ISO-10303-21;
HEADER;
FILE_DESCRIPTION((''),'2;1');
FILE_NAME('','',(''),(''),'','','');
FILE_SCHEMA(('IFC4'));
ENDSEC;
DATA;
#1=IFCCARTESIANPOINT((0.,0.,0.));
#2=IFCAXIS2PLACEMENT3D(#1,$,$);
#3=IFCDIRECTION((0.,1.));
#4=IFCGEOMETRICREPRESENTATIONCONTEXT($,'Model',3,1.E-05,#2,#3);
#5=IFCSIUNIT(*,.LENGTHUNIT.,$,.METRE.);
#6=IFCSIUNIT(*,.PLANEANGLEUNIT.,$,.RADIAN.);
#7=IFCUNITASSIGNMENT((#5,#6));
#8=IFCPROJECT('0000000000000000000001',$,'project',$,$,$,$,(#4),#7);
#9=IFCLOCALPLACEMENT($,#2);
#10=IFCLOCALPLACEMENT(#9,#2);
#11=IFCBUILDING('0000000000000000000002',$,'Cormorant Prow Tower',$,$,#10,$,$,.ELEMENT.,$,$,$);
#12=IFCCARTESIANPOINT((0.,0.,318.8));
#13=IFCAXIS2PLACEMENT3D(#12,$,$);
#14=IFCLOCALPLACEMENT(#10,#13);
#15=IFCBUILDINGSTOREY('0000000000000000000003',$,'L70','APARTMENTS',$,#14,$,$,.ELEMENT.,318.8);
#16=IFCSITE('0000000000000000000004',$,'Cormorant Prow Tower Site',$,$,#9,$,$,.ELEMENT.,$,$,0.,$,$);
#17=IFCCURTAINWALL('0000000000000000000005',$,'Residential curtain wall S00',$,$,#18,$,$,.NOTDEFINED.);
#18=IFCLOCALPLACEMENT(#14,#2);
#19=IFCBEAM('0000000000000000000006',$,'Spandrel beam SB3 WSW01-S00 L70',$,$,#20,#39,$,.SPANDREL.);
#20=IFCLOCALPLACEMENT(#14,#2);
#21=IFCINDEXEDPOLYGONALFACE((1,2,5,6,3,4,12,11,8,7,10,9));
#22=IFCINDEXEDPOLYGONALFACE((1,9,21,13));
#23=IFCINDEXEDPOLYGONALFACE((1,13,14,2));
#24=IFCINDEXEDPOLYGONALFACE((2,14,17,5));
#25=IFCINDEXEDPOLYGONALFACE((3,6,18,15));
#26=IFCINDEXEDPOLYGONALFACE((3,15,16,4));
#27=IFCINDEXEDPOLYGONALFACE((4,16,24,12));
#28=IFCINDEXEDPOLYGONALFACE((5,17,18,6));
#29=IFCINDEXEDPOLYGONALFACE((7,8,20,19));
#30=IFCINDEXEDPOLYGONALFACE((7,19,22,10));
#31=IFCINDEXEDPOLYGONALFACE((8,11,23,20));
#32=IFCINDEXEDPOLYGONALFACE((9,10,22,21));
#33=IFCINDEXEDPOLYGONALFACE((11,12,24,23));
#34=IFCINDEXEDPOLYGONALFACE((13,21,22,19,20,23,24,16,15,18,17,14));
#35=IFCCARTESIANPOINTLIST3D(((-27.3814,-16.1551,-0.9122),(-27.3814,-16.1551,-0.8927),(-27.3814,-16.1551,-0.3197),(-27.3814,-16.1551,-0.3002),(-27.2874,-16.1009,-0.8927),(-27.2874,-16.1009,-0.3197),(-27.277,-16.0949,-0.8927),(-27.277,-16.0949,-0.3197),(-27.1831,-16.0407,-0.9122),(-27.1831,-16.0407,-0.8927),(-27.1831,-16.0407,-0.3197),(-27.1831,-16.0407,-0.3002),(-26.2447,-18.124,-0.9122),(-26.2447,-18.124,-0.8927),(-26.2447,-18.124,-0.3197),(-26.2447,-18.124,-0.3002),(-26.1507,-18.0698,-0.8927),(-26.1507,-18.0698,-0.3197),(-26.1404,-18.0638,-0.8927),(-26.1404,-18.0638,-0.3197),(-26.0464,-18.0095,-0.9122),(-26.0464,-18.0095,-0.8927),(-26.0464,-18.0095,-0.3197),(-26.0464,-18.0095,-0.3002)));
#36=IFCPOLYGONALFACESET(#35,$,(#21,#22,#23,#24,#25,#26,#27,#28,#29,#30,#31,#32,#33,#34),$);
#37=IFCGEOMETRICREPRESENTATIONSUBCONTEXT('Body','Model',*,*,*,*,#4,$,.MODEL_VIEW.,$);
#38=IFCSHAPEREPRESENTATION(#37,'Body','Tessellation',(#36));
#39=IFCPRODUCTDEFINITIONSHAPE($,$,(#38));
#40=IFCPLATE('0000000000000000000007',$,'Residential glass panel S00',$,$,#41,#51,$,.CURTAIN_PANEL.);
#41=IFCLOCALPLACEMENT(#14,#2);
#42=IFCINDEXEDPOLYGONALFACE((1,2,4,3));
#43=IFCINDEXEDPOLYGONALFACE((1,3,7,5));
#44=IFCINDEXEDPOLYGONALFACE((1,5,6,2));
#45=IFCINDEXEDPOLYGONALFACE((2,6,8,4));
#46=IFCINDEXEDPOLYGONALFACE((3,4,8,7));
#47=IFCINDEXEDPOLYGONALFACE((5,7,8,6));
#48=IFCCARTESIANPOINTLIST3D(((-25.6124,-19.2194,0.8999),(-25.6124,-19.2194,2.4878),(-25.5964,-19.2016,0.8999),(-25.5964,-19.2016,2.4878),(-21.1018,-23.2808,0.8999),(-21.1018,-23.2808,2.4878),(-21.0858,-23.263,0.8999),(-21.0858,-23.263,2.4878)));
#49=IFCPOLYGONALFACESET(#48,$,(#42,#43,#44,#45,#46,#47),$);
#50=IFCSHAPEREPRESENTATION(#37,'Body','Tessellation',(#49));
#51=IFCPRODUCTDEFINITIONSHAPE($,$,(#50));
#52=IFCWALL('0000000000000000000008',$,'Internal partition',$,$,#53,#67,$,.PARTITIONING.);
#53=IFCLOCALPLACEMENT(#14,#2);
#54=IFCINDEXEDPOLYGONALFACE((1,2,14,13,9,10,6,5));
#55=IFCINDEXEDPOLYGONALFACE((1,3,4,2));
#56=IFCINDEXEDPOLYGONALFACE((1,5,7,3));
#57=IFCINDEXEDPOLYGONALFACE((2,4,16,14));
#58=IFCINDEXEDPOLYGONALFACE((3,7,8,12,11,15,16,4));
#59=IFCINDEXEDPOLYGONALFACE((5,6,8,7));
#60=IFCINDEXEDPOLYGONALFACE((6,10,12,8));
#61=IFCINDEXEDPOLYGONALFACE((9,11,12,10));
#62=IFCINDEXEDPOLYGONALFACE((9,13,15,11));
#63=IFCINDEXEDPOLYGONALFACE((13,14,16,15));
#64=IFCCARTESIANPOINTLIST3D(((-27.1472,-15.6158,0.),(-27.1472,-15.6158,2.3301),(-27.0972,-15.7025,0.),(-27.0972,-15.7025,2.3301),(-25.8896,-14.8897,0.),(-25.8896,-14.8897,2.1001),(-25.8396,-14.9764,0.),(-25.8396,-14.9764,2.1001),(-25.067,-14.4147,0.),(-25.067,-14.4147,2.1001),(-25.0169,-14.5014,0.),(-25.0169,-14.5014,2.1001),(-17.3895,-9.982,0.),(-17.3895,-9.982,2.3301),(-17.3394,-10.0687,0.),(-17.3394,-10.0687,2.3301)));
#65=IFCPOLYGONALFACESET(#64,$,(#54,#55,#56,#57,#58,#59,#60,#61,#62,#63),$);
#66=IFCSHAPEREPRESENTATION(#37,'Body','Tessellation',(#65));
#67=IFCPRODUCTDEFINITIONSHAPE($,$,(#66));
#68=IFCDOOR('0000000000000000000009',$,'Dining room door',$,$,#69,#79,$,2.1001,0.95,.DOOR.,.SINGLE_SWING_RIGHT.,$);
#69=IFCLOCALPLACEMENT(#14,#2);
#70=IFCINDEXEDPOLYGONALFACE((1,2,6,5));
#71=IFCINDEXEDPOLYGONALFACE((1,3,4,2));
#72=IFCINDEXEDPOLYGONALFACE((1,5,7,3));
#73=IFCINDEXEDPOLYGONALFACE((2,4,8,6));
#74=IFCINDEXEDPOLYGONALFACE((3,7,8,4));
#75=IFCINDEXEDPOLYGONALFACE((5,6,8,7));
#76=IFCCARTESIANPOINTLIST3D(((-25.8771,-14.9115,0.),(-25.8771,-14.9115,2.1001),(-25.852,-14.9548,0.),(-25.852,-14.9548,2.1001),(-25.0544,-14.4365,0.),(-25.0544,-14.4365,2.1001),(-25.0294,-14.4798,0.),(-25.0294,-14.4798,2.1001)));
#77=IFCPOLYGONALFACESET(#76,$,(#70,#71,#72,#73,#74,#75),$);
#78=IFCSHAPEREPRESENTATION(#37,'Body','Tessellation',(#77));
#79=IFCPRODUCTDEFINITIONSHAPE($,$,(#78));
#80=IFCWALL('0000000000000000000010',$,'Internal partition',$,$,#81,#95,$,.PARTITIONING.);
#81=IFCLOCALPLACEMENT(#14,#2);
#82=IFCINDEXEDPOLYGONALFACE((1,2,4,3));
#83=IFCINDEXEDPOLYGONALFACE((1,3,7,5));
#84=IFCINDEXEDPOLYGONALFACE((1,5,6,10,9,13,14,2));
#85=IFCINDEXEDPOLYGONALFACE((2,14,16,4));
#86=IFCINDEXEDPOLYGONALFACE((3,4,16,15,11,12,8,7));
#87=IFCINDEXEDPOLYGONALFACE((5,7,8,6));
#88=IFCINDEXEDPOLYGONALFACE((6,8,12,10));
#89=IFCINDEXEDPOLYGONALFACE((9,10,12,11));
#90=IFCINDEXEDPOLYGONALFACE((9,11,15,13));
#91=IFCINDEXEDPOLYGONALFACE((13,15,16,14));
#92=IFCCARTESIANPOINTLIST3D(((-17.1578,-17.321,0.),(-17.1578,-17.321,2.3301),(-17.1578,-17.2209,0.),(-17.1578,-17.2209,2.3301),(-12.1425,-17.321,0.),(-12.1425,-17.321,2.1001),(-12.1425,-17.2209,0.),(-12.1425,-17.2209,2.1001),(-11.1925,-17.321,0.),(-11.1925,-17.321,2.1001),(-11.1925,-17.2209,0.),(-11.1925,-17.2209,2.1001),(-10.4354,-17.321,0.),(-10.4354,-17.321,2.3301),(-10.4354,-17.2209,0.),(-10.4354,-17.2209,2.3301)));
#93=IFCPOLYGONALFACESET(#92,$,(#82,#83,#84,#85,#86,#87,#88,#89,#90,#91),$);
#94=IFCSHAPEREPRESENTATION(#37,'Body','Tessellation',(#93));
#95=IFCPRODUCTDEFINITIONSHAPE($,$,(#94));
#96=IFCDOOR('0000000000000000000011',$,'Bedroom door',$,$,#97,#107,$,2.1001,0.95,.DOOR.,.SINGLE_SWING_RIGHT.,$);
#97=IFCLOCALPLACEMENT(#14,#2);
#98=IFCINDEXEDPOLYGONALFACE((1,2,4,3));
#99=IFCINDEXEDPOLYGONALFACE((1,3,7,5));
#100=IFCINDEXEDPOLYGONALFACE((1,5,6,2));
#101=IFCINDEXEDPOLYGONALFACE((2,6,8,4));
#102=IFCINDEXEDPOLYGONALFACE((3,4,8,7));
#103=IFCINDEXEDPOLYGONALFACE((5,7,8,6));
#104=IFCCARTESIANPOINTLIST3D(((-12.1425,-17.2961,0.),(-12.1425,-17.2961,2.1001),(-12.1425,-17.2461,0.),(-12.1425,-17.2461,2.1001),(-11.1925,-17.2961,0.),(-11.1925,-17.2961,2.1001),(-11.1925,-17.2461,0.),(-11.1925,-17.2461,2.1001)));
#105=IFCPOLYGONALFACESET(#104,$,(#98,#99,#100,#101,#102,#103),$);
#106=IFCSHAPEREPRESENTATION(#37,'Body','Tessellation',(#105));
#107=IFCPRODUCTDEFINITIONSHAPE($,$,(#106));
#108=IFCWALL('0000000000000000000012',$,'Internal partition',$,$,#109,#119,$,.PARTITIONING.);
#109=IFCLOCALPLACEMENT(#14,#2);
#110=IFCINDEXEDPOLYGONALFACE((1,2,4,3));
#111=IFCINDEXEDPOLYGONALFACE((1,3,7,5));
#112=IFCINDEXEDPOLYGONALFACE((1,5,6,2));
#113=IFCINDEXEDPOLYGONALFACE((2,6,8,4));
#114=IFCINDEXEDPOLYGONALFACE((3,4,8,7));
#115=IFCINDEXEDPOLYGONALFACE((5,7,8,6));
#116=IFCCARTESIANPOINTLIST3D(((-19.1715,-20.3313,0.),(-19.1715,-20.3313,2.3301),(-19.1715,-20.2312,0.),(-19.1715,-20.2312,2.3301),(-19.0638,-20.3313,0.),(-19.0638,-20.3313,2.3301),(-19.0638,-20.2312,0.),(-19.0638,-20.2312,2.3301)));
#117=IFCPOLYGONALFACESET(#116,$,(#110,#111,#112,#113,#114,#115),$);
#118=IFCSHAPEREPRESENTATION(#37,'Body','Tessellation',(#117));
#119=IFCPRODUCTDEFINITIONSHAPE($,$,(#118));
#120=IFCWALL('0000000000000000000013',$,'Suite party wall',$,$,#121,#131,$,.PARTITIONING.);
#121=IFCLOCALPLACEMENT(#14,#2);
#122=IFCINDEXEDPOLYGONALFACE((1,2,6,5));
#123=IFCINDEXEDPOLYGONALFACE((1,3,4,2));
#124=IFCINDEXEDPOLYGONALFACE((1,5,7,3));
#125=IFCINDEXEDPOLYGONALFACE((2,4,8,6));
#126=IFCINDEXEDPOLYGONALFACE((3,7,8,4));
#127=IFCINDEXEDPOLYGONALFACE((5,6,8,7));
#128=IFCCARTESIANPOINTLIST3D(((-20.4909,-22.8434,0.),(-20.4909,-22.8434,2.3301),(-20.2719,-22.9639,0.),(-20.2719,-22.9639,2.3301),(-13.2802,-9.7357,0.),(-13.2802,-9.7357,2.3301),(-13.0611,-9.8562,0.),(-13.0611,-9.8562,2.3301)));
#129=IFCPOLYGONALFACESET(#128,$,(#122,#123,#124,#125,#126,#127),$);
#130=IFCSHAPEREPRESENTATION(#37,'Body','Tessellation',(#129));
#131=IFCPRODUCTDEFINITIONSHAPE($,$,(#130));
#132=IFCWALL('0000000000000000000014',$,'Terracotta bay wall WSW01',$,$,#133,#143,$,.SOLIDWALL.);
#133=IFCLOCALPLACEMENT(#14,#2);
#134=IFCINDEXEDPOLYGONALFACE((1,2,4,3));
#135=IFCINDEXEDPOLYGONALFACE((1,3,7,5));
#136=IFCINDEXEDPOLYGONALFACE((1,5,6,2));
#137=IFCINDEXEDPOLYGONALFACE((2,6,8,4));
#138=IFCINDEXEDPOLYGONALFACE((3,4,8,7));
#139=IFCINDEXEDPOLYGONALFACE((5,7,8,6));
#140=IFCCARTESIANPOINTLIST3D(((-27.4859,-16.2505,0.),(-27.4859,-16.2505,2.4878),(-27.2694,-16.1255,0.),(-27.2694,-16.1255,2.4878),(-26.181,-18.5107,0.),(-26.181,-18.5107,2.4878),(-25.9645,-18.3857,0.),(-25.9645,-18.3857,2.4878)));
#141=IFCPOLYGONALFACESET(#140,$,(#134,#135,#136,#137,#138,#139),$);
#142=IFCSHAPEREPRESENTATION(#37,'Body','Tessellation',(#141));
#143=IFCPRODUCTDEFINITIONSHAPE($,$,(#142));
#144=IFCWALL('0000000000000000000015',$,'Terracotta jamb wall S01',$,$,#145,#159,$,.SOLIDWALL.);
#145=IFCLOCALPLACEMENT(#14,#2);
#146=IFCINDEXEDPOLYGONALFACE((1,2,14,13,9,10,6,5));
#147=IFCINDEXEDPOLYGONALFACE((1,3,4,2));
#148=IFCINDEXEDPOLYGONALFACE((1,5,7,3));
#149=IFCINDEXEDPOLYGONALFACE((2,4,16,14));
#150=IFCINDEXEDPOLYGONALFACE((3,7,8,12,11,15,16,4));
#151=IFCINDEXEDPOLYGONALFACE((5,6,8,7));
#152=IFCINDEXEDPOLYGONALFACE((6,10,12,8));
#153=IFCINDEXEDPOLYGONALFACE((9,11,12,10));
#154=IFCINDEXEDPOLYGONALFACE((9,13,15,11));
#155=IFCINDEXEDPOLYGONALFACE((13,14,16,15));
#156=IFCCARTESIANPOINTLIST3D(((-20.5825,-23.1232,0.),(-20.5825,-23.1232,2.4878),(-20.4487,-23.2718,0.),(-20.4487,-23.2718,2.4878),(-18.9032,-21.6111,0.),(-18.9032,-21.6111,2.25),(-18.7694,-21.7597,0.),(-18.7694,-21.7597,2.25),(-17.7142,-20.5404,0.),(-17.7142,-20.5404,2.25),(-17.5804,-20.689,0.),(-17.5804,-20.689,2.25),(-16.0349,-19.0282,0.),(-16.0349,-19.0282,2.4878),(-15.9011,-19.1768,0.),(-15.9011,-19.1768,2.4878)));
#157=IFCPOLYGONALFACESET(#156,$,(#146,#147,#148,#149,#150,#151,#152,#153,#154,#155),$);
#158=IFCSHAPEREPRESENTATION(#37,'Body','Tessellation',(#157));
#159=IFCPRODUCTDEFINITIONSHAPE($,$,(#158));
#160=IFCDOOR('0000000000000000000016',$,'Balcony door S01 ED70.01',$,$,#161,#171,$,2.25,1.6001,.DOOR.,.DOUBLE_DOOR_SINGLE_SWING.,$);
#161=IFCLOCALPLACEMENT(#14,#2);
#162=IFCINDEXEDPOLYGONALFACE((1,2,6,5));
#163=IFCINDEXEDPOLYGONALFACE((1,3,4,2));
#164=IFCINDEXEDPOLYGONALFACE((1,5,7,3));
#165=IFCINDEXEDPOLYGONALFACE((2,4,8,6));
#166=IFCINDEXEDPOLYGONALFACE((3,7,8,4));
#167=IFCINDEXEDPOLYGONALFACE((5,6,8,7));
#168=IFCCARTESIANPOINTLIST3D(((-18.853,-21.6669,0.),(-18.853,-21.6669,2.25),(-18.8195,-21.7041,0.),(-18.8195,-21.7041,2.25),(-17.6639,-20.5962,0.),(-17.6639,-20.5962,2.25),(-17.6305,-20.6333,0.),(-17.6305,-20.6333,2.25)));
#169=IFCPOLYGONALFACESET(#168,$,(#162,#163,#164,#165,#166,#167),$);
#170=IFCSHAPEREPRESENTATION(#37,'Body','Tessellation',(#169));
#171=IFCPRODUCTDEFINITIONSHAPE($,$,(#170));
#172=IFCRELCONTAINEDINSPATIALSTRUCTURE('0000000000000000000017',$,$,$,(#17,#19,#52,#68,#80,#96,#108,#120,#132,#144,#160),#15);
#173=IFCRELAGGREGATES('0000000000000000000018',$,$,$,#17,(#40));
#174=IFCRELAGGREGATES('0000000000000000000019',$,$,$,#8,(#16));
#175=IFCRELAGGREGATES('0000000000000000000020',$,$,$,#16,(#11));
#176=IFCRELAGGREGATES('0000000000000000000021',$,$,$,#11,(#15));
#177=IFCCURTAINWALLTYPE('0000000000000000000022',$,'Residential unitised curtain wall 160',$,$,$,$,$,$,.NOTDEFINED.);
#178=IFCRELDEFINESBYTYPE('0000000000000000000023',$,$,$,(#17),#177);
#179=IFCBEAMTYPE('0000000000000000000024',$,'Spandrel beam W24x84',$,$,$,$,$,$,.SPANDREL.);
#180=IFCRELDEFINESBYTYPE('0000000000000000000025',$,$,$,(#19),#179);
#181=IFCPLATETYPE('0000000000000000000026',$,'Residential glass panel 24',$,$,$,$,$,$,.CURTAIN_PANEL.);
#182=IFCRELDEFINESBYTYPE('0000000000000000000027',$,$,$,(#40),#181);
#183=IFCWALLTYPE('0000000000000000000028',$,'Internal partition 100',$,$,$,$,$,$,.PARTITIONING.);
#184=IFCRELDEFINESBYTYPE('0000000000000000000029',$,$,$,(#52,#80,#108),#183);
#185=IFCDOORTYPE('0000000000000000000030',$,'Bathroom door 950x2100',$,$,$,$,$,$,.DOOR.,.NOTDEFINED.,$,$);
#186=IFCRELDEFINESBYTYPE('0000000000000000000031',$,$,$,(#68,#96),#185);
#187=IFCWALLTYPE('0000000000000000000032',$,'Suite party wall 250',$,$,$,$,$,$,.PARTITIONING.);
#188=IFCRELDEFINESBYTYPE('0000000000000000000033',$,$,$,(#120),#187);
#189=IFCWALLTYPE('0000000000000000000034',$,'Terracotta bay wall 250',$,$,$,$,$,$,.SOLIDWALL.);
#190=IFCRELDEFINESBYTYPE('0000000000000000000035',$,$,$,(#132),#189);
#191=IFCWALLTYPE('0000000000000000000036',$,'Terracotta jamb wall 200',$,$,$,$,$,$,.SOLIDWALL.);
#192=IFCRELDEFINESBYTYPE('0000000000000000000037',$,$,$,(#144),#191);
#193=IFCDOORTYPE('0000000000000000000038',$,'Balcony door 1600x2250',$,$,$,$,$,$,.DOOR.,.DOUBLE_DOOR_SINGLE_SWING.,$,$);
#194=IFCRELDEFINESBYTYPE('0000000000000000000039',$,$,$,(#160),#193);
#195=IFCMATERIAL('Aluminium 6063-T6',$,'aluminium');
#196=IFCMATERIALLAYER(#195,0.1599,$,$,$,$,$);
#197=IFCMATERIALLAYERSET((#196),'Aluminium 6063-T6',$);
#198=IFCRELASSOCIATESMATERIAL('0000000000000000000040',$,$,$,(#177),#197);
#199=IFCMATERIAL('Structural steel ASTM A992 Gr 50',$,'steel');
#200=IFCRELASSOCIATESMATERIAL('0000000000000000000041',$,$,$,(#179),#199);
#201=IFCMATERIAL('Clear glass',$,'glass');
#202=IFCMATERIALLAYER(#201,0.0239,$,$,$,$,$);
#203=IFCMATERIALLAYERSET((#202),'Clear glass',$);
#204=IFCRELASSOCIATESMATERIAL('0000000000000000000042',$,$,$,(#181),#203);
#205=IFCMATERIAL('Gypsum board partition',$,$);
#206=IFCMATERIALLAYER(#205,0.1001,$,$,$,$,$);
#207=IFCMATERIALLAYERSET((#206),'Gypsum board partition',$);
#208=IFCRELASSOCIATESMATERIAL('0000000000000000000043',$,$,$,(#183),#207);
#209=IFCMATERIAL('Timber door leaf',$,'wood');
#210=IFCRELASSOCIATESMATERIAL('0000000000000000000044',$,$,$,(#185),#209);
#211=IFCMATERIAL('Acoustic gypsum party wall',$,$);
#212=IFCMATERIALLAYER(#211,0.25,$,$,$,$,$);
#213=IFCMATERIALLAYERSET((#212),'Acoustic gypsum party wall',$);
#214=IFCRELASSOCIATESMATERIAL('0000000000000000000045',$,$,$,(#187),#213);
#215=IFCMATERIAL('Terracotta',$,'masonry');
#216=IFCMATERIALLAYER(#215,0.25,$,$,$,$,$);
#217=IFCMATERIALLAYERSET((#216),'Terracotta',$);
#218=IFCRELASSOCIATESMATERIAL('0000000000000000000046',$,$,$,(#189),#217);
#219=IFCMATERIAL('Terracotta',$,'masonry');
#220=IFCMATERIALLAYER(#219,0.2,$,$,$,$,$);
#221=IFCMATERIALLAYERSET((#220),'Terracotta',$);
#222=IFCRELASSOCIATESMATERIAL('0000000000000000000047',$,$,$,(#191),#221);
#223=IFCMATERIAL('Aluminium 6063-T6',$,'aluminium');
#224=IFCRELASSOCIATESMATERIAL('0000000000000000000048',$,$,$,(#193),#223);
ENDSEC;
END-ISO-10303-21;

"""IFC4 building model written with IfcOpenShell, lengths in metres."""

from ifc_helpers import new_model, si_unit, direction, frame, frame_2d, origin, origin_2d, place, context, subcontext, project, spatial, rectangle, i_section, extrude, material, layer, layer_set, material_profile, profile_set, type_object, element, fill, aggregate, save


model = new_model("IFC4")

# Units and contexts
model_context = context("Model", 3, precision=1e-05, world=origin(), true_north=direction((0.0, 1.0)))
body_context = subcontext(model_context, "Body", "Model", "MODEL_VIEW")
ifc_project = project(units=[si_unit("LENGTHUNIT", "METRE"), si_unit("PLANEANGLEUNIT", "RADIAN")], contexts=[model_context])

# Site, building, storey
site_placement = place(None, origin())
site = spatial("IfcSite", under=ifc_project, at=site_placement, Name="Cormorant Prow Tower Site", CompositionType="ELEMENT", RefElevation=0.0)
building_placement = place(site_placement, origin())
building = spatial("IfcBuilding", under=site, at=building_placement, Name="Cormorant Prow Tower", CompositionType="ELEMENT")
storey_placement = place(building_placement, frame((0.0, 0.0, 318.8)))
storey = spatial("IfcBuildingStorey", under=building, at=storey_placement, Name="L70", Description="APARTMENTS", CompositionType="ELEMENT", Elevation=318.8)

# Curtain wall
ifc_material_1 = material(Name="Aluminium 6063-T6", Category="aluminium")
ifc_layer_1 = layer(ifc_material_1, 0.1599)
ifc_layer_set_1 = layer_set([ifc_layer_1], Name="Aluminium 6063-T6")
curtain_wall_type = type_object("IfcCurtainWallType", Name="Residential unitised curtain wall 160", PredefinedType="NOTDEFINED", material=ifc_layer_set_1)
curtain_wall_placement = place(storey_placement, origin())
curtain_wall = element("IfcCurtainWall", 1, at=curtain_wall_placement, inside=storey, type_object=curtain_wall_type, Name="Residential curtain wall S00", PredefinedType="NOTDEFINED")

# Beam
ifc_material_2 = material(Name="Structural steel ASTM A992 Gr 50", Category="steel")
ifc_material_profile_1 = material_profile(ifc_material_2, i_section(OverallWidth=0.229, OverallDepth=0.6121, WebThickness=0.012, FlangeThickness=0.0195, at=origin_2d()), Name="W24x84")
ifc_profile_set_1 = profile_set([ifc_material_profile_1], Name="Structural steel ASTM A992 Gr 50")
beam_type = type_object("IfcBeamType", Name="Spandrel beam W24x84", PredefinedType="SPANDREL", material=ifc_profile_set_1)
beam_1_placement = place(storey_placement, frame((-27.2822, -16.0979, -0.6062), z_axis=(0.499973, -0.866041, 0.0), x_axis=(0.866041, 0.499973, 0.0)))
element("IfcBeam", 2, at=beam_1_placement, inside=storey, type_object=beam_type, Name="Spandrel beam SB3 WSW01-S00 L70", PredefinedType="SPANDREL", context=body_context, shape_type="SweptSolid", body=[
    extrude(i_section(OverallWidth=0.229, OverallDepth=0.6121, WebThickness=0.012, FlangeThickness=0.0195, at=origin_2d()), origin(), (0.0, 0.0, 1.0), 2.2734),
])

# Plate
ifc_material_3 = material(Name="Clear glass", Category="glass")
ifc_layer_2 = layer(ifc_material_3, 0.0239)
ifc_layer_set_2 = layer_set([ifc_layer_2], Name="Clear glass")
plate_type = type_object("IfcPlateType", Name="Residential glass panel 24", PredefinedType="CURTAIN_PANEL", material=ifc_layer_set_2)
plate_placement = place(storey_placement, frame((-23.3491, -21.2412, 0.8999), z_axis=(0.0, 0.0, 1.0), x_axis=(0.743145, -0.669131, 0.0)))
plate = element("IfcPlate", 3, at=plate_placement, type_object=plate_type, Name="Residential glass panel S00", PredefinedType="CURTAIN_PANEL", context=body_context, shape_type="SweptSolid", body=[
    extrude(rectangle(XDim=6.0696, YDim=0.0239, at=origin_2d()), origin(), (0.0, 0.0, 1.0), 1.5879),
])
aggregate(curtain_wall, [plate])

# Walls, openings, doors
ifc_material_4 = material(Name="Gypsum board partition")
ifc_layer_3 = layer(ifc_material_4, 0.1001)
ifc_layer_set_3 = layer_set([ifc_layer_3], Name="Gypsum board partition")
wall_type_1 = type_object("IfcWallType", Name="Internal partition 100", PredefinedType="PARTITIONING", material=ifc_layer_set_3)
wall_1_placement = place(storey_placement, frame((-27.1223, -15.6592, 0.0), z_axis=(0.0, 0.0, 1.0), x_axis=(0.866021, 0.500008, 0.0)))
wall_1 = element("IfcWall", 4, at=wall_1_placement, inside=storey, type_object=wall_type_1, Name="Internal partition", PredefinedType="PARTITIONING", context=body_context, shape_type="SweptSolid", body=[
    extrude(rectangle(XDim=11.2673, YDim=0.1001, at=frame_2d((5.6338, 0.0))), origin(), (0.0, 0.0, 1.0), 2.3301),
])
opening_1_placement = place(wall_1_placement, frame((1.4521, 0.0, 0.0)))
opening_1 = element("IfcOpeningElement", 5, at=opening_1_placement, cuts=wall_1, PredefinedType="OPENING", context=body_context, shape_type="SweptSolid", body=[
    extrude(rectangle(XDim=0.95, YDim=2.1001, at=frame_2d((0.4751, 1.05))), frame((0.0, 0.0601, 0.0), z_axis=(0.0, -1.0, 0.0), x_axis=(1.0, 0.0, 0.0)), (0.0, 0.0, 1.0), 0.1201),
])
ifc_material_5 = material(Name="Timber door leaf", Category="wood")
door_type_1 = type_object("IfcDoorType", Name="Bathroom door 950x2100", OperationType="NOTDEFINED", PredefinedType="DOOR", material=ifc_material_5)
door_1_placement = place(opening_1_placement, origin())
door_1 = element("IfcDoor", 6, at=door_1_placement, inside=storey, type_object=door_type_1, Name="Dining room door", OperationType="SINGLE_SWING_RIGHT", OverallHeight=2.1001, OverallWidth=0.95, PredefinedType="DOOR", context=body_context, shape_type="SweptSolid", body=[
    extrude(rectangle(XDim=0.95, YDim=2.1001, at=frame_2d((0.4751, 1.05))), frame((0.0, 0.0249, 0.0), z_axis=(0.0, -1.0, 0.0), x_axis=(1.0, 0.0, 0.0)), (0.0, 0.0, 1.0), 0.05),
])
fill(opening_1, door_1)
wall_2_placement = place(storey_placement, frame((-17.158, -17.271, 0.0), z_axis=(0.0, 0.0, 1.0), x_axis=(1.0, 0.0, 0.0)))
wall_2 = element("IfcWall", 7, at=wall_2_placement, inside=storey, type_object=wall_type_1, Name="Internal partition", PredefinedType="PARTITIONING", context=body_context, shape_type="SweptSolid", body=[
    extrude(rectangle(XDim=6.7224, YDim=0.1001, at=frame_2d((3.3613, 0.0))), origin(), (0.0, 0.0, 1.0), 2.3301),
])
opening_2_placement = place(wall_2_placement, frame((5.0154, 0.0, 0.0)))
opening_2 = element("IfcOpeningElement", 8, at=opening_2_placement, cuts=wall_2, PredefinedType="OPENING", context=body_context, shape_type="SweptSolid", body=[
    extrude(rectangle(XDim=0.95, YDim=2.1001, at=frame_2d((0.4751, 1.05))), frame((0.0, 0.0601, 0.0), z_axis=(0.0, -1.0, 0.0), x_axis=(1.0, 0.0, 0.0)), (0.0, 0.0, 1.0), 0.1201),
])
door_2_placement = place(opening_2_placement, origin())
door_2 = element("IfcDoor", 9, at=door_2_placement, inside=storey, type_object=door_type_1, Name="Bedroom door", OperationType="SINGLE_SWING_RIGHT", OverallHeight=2.1001, OverallWidth=0.95, PredefinedType="DOOR", context=body_context, shape_type="SweptSolid", body=[
    extrude(rectangle(XDim=0.95, YDim=2.1001, at=frame_2d((0.4751, 1.05))), frame((0.0, 0.0249, 0.0), z_axis=(0.0, -1.0, 0.0), x_axis=(1.0, 0.0, 0.0)), (0.0, 0.0, 1.0), 0.05),
])
fill(opening_2, door_2)

# Walls
wall_3_placement = place(storey_placement, frame((-19.1714, -20.2812, 0.0), z_axis=(0.0, 0.0, 1.0), x_axis=(1.0, 0.0, 0.0)))
element("IfcWall", 10, at=wall_3_placement, inside=storey, type_object=wall_type_1, Name="Internal partition", PredefinedType="PARTITIONING", context=body_context, shape_type="SweptSolid", body=[
    extrude(rectangle(XDim=0.1077, YDim=0.1001, at=frame_2d((0.0537, 0.0))), origin(), (0.0, 0.0, 1.0), 2.3301),
])
ifc_material_6 = material(Name="Acoustic gypsum party wall")
ifc_layer_4 = layer(ifc_material_6, 0.25)
ifc_layer_set_4 = layer_set([ifc_layer_4], Name="Acoustic gypsum party wall")
wall_type_2 = type_object("IfcWallType", Name="Suite party wall 250", PredefinedType="PARTITIONING", material=ifc_layer_set_4)
wall_4_placement = place(storey_placement, frame((-20.3813, -22.9036, 0.0), z_axis=(0.0, 0.0, 1.0), x_axis=(0.481995, 0.876174, 0.0)))
element("IfcWall", 11, at=wall_4_placement, inside=storey, type_object=wall_type_2, Name="Suite party wall", PredefinedType="PARTITIONING", context=body_context, shape_type="SweptSolid", body=[
    extrude(rectangle(XDim=14.9602, YDim=0.25, at=frame_2d((7.48, 0.0))), origin(), (0.0, 0.0, 1.0), 2.3301),
])
ifc_material_7 = material(Name="Terracotta", Category="masonry")
ifc_layer_5 = layer(ifc_material_7, 0.25)
ifc_layer_set_5 = layer_set([ifc_layer_5], Name="Terracotta")
wall_type_3 = type_object("IfcWallType", Name="Terracotta bay wall 250", PredefinedType="SOLIDWALL", material=ifc_layer_set_5)
wall_5_placement = place(storey_placement, frame((-27.3777, -16.188, 0.0), z_axis=(0.0, 0.0, 1.0), x_axis=(0.499992, -0.86603, 0.0)))
element("IfcWall", 12, at=wall_5_placement, inside=storey, type_object=wall_type_3, Name="Terracotta bay wall WSW01", PredefinedType="SOLIDWALL", context=body_context, shape_type="SweptSolid", body=[
    extrude(rectangle(XDim=2.6099, YDim=0.25, at=frame_2d((1.3049, 0.0))), origin(), (0.0, 0.0, 1.0), 2.4878),
])

# Wall, opening, door
ifc_material_8 = material(Name="Terracotta", Category="masonry")
ifc_layer_6 = layer(ifc_material_8, 0.2)
ifc_layer_set_6 = layer_set([ifc_layer_6], Name="Terracotta")
wall_type_4 = type_object("IfcWallType", Name="Terracotta jamb wall 200", PredefinedType="SOLIDWALL", material=ifc_layer_set_6)
wall_6_placement = place(storey_placement, frame((-20.5156, -23.1975, 0.0), z_axis=(0.0, 0.0, 1.0), x_axis=(0.743122, 0.669156, 0.0)))
wall_6 = element("IfcWall", 13, at=wall_6_placement, inside=storey, type_object=wall_type_4, Name="Terracotta jamb wall S01", PredefinedType="SOLIDWALL", context=body_context, shape_type="SweptSolid", body=[
    extrude(rectangle(XDim=6.1196, YDim=0.2, at=frame_2d((3.0598, 0.0))), origin(), (0.0, 0.0, 1.0), 2.4878),
])
opening_3_placement = place(wall_6_placement, frame((2.2598, 0.0, 0.0)))
opening_3 = element("IfcOpeningElement", 14, at=opening_3_placement, cuts=wall_6, PredefinedType="OPENING", context=body_context, shape_type="SweptSolid", body=[
    extrude(rectangle(XDim=1.6001, YDim=2.25, at=frame_2d((0.8, 1.125))), frame((0.0, 0.1099, 0.0), z_axis=(0.0, -1.0, 0.0), x_axis=(1.0, 0.0, 0.0)), (0.0, 0.0, 1.0), 0.22),
])
ifc_material_9 = material(Name="Aluminium 6063-T6", Category="aluminium")
door_type_2 = type_object("IfcDoorType", Name="Balcony door 1600x2250", OperationType="DOUBLE_DOOR_SINGLE_SWING", PredefinedType="DOOR", material=ifc_material_9)
door_3_placement = place(opening_3_placement, origin())
door_3 = element("IfcDoor", 15, at=door_3_placement, inside=storey, type_object=door_type_2, Name="Balcony door S01 ED70.01", OperationType="DOUBLE_DOOR_SINGLE_SWING", OverallHeight=2.25, OverallWidth=1.6001, PredefinedType="DOOR", context=body_context, shape_type="SweptSolid", body=[
    extrude(rectangle(XDim=1.6001, YDim=2.25, at=frame_2d((0.8, 1.125))), frame((0.0, 0.0249, 0.0), z_axis=(0.0, -1.0, 0.0), x_axis=(1.0, 0.0, 0.0)), (0.0, 0.0, 1.0), 0.05),
])
fill(opening_3, door_3)

save(model, "model.ifc")
